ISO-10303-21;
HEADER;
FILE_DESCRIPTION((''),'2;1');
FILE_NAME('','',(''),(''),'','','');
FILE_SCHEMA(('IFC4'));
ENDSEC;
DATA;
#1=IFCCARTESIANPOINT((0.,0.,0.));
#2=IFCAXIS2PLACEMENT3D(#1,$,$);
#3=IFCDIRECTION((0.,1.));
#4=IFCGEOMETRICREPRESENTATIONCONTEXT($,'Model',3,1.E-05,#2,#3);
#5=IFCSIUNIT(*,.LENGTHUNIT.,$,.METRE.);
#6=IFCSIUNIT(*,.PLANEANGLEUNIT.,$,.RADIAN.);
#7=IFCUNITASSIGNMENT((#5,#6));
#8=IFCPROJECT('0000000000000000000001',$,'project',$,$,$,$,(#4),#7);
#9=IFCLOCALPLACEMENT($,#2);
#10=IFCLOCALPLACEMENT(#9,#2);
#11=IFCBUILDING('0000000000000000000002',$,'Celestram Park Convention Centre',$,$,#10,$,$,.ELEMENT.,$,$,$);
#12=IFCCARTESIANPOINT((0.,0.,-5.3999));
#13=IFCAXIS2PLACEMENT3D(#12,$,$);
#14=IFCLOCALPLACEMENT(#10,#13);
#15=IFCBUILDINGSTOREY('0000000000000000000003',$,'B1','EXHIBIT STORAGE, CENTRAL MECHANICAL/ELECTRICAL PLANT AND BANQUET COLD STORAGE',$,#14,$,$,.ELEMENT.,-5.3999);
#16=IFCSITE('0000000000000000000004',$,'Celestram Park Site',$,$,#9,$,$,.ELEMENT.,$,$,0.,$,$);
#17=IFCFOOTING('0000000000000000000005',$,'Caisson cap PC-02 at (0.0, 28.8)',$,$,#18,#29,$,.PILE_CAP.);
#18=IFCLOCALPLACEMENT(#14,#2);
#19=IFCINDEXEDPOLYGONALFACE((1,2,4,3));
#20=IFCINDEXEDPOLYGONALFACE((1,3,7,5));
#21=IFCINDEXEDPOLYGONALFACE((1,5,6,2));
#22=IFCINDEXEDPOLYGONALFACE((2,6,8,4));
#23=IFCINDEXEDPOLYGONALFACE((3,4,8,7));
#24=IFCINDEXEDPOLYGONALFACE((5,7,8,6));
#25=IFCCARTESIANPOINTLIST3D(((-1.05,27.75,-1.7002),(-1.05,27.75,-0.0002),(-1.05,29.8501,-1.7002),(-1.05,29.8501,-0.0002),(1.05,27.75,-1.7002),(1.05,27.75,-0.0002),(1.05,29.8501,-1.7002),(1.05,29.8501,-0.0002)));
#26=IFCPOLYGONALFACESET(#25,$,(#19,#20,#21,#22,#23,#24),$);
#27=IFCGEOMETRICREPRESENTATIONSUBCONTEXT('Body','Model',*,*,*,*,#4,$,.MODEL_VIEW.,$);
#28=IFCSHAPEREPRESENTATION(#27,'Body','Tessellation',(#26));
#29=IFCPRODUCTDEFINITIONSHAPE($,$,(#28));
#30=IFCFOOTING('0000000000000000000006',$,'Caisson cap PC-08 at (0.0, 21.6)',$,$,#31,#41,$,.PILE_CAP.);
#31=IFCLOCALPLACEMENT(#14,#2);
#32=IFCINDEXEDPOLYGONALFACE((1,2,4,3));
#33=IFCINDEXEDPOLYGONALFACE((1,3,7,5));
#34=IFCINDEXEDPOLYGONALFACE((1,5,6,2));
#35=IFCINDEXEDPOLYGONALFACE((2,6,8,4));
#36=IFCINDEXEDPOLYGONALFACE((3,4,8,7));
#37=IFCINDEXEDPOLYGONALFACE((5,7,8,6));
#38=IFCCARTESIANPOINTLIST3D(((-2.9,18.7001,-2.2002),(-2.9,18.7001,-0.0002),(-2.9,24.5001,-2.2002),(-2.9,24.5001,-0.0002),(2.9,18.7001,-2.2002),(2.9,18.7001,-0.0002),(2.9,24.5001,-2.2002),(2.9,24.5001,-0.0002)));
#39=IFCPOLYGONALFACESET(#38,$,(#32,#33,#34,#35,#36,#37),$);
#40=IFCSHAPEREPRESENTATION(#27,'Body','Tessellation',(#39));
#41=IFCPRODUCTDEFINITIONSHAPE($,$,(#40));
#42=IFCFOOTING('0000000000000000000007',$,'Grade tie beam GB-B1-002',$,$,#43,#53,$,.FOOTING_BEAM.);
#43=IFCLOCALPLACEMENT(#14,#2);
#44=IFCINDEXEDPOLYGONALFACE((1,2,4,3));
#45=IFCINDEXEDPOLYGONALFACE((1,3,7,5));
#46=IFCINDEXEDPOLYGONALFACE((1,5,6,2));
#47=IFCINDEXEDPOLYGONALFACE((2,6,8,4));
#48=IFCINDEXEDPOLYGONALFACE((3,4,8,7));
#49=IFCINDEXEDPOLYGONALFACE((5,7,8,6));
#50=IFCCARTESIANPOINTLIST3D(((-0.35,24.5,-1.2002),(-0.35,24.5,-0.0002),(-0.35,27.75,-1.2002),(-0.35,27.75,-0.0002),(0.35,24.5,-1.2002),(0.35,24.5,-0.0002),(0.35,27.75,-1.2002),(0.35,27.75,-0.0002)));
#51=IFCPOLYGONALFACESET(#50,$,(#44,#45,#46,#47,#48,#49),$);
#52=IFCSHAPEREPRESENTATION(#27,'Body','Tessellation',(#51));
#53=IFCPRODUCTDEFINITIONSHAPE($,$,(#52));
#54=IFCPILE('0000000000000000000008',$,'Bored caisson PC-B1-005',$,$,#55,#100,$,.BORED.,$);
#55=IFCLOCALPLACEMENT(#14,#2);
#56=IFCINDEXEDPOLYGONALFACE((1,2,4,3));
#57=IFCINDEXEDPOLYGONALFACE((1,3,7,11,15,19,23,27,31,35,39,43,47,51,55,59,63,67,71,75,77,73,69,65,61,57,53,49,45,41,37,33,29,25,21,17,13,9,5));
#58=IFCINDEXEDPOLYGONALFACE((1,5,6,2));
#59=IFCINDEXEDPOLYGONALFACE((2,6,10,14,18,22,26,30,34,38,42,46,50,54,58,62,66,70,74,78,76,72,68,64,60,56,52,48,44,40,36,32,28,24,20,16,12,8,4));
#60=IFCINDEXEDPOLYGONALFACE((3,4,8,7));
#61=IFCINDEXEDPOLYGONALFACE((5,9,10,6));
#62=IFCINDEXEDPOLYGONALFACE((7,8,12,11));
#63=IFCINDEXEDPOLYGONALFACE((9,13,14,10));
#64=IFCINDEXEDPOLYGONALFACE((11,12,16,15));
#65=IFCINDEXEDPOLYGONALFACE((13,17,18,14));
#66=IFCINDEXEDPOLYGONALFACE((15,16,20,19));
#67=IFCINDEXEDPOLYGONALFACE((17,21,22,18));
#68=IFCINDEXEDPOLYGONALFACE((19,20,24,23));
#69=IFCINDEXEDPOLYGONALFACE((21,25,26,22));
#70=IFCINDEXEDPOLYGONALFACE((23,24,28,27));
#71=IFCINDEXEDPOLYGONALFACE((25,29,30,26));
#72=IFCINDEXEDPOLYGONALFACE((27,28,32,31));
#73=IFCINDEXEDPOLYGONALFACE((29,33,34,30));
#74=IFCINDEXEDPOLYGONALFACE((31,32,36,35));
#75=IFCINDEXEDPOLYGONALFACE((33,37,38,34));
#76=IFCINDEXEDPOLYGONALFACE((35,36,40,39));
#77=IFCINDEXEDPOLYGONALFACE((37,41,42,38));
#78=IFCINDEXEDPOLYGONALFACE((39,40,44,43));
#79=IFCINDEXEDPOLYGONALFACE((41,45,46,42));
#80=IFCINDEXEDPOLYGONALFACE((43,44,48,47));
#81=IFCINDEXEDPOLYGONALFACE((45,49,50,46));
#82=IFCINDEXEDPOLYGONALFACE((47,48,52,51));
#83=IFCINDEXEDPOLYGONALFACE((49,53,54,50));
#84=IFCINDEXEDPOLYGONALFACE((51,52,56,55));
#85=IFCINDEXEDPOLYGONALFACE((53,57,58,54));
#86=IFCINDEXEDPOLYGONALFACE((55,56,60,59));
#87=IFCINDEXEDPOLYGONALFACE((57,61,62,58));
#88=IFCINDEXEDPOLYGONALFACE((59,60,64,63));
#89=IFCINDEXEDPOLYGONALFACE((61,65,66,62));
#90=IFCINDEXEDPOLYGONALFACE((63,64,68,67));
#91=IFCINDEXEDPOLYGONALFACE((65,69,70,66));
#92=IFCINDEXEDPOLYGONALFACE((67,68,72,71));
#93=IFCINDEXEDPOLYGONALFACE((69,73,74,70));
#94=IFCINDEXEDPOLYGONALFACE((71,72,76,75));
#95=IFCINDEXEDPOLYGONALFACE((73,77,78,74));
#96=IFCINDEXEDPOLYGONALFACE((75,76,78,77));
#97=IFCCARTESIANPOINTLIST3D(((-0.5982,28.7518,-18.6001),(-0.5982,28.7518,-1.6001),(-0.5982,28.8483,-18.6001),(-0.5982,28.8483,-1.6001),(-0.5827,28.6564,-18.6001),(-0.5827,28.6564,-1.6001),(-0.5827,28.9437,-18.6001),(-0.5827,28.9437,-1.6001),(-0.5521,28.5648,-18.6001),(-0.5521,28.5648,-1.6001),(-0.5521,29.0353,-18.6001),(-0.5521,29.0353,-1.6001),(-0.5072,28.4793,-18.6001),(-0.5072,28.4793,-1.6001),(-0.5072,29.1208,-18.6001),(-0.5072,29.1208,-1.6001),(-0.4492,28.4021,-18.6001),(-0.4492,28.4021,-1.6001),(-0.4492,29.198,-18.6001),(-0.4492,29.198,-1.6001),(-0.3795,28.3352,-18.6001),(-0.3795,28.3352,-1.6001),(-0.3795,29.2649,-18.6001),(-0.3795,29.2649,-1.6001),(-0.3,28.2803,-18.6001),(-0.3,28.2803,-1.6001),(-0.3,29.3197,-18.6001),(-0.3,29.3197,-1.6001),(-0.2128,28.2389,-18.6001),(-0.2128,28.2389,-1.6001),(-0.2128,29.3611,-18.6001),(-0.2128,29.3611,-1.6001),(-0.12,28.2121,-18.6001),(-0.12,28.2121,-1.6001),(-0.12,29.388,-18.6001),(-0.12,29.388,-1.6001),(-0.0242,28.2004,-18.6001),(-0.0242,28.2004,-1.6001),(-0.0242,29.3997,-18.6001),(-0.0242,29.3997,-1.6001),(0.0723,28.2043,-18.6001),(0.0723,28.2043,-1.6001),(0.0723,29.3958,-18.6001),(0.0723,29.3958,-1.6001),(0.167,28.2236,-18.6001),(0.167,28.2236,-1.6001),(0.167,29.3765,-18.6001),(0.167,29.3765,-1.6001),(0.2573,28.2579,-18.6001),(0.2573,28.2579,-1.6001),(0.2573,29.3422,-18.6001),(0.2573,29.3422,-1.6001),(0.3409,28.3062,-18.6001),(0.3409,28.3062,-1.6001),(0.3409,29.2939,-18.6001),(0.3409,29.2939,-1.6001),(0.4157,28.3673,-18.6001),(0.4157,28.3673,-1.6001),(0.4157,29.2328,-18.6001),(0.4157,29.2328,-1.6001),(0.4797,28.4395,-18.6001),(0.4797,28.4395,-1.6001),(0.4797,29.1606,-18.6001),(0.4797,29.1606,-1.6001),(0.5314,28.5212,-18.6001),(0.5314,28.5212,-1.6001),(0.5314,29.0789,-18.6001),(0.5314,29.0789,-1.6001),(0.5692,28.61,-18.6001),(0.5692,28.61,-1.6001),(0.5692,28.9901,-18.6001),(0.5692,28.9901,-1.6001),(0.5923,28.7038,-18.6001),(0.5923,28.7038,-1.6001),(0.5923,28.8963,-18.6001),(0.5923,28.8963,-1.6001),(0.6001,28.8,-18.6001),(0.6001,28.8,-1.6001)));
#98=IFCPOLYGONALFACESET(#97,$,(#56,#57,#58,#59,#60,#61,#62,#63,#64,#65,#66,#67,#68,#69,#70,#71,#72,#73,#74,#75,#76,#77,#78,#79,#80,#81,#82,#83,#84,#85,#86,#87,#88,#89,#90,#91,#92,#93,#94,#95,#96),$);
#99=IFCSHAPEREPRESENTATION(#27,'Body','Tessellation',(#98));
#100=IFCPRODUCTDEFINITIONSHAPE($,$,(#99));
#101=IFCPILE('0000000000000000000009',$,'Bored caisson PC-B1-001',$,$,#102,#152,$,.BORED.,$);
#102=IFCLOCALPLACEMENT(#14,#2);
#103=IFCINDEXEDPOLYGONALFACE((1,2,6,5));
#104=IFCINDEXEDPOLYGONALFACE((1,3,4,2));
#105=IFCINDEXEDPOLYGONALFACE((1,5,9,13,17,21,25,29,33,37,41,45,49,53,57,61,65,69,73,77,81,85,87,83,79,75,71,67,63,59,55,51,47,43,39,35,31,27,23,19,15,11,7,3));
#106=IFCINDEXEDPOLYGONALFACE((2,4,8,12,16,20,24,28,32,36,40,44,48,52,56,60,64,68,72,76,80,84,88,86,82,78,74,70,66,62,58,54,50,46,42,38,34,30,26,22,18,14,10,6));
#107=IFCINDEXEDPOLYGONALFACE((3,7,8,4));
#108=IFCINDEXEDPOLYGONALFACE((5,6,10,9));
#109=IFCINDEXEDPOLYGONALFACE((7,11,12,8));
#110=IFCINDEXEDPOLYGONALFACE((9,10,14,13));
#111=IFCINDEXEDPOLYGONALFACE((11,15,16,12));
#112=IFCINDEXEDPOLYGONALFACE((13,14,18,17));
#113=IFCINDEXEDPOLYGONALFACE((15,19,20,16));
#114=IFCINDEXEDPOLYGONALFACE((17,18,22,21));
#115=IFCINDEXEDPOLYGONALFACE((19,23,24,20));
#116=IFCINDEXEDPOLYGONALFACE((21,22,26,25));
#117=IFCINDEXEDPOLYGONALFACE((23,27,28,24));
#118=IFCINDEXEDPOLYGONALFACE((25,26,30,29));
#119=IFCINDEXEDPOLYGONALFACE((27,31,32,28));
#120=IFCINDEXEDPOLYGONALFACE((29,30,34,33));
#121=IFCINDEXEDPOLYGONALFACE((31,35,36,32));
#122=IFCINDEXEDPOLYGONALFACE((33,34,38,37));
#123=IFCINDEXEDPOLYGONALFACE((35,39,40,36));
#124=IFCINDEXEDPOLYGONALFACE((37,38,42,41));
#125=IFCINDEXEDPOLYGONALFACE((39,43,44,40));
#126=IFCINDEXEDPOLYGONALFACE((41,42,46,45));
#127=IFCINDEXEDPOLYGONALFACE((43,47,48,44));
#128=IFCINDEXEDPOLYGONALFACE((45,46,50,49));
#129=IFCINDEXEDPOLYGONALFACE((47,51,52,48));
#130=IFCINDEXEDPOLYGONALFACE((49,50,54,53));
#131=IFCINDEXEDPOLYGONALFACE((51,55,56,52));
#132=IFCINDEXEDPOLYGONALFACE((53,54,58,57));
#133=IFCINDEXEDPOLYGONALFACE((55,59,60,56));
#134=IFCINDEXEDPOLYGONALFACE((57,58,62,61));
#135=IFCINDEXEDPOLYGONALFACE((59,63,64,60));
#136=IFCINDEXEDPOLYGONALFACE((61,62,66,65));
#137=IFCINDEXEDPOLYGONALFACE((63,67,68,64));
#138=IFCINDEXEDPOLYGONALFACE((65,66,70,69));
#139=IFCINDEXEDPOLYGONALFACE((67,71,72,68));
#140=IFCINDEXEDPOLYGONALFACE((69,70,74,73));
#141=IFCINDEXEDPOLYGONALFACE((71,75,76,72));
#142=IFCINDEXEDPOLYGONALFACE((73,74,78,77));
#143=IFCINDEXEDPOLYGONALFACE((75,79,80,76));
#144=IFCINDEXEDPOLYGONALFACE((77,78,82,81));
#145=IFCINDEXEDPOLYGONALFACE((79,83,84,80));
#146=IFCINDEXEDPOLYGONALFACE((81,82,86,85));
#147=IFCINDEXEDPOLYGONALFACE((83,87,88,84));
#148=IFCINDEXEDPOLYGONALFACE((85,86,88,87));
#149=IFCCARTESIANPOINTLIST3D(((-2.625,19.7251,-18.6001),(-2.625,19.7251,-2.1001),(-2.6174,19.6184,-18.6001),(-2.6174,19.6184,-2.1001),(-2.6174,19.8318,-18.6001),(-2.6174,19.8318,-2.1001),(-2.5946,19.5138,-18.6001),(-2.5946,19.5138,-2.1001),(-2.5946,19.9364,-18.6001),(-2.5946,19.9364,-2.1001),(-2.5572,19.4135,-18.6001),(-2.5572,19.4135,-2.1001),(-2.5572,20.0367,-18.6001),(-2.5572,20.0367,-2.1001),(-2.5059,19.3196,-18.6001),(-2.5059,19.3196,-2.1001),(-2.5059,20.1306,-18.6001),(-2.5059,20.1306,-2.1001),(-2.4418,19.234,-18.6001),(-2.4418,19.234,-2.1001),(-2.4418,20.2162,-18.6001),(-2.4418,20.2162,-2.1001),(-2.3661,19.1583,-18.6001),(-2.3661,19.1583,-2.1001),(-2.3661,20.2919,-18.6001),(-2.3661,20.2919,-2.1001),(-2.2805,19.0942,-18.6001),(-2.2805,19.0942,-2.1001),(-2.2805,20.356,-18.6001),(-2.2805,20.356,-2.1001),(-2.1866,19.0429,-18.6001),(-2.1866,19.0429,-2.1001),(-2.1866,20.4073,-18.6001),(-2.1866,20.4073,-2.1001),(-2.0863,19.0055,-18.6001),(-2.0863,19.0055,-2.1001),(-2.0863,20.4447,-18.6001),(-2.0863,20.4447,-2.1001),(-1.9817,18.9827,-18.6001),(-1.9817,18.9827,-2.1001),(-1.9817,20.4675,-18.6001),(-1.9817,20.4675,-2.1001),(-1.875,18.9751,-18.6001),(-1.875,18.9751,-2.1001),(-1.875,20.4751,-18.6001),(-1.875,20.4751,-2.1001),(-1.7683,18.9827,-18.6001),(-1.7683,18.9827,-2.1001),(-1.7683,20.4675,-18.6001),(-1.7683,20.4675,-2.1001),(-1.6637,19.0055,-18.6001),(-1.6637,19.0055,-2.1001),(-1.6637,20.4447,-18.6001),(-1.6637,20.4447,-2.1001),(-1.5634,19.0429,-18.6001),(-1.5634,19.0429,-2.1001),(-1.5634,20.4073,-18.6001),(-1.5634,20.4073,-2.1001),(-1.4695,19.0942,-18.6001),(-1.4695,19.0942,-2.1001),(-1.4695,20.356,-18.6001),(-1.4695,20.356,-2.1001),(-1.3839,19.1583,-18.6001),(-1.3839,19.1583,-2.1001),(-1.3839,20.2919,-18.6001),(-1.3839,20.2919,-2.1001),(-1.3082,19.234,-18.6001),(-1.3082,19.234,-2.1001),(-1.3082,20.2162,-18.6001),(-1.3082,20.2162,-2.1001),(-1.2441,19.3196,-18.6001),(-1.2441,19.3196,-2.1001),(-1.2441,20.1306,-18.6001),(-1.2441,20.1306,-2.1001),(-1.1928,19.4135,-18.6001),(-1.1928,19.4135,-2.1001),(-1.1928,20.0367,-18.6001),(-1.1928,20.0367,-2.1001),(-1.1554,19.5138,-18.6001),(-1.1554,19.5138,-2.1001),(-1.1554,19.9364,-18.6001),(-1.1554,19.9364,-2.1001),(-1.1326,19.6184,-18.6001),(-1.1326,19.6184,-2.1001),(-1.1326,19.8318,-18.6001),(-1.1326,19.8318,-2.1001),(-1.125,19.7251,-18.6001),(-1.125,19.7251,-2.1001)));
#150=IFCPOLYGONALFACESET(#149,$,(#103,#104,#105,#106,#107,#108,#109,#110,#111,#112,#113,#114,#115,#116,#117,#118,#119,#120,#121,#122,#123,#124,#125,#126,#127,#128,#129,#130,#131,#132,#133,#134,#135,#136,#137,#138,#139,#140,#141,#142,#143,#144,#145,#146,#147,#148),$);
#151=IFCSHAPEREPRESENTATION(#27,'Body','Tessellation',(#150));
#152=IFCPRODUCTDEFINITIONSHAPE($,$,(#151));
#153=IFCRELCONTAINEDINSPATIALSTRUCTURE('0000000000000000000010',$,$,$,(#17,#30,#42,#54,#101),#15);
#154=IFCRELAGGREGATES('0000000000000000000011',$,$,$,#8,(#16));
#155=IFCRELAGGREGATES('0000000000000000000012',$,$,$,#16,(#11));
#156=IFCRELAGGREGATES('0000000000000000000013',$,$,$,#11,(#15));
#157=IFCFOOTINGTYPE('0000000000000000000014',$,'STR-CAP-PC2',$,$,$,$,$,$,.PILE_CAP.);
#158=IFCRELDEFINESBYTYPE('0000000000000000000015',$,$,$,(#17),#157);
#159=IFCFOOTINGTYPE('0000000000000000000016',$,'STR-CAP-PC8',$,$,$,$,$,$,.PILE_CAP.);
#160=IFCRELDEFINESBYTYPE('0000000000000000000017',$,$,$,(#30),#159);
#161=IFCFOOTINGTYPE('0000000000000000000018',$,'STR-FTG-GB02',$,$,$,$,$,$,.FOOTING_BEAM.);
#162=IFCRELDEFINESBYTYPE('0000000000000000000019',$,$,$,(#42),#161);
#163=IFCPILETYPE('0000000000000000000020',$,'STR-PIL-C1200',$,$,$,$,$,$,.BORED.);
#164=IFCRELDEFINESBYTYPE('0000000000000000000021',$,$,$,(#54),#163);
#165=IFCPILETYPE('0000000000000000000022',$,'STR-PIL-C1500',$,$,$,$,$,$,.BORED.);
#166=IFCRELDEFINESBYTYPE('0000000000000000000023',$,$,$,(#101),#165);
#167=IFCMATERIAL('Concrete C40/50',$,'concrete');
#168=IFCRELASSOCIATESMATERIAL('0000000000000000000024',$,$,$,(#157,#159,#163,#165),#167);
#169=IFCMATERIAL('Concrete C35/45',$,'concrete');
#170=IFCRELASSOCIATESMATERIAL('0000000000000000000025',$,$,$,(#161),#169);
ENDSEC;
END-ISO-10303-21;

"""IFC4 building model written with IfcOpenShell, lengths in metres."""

from ifc_helpers import new_model, si_unit, direction, frame, origin, origin_2d, place, context, subcontext, project, spatial, rectangle, circle, extrude, material, material_profile, profile_set, type_object, element, save


model = new_model("IFC4")

# Units and contexts
model_context = context("Model", 3, precision=1e-05, world=origin(), true_north=direction((0.0, 1.0)))
body_context = subcontext(model_context, "Body", "Model", "MODEL_VIEW")
ifc_project = project(units=[si_unit("LENGTHUNIT", "METRE"), si_unit("PLANEANGLEUNIT", "RADIAN")], contexts=[model_context])

# Site, building, storey
site_placement = place(None, origin())
site = spatial("IfcSite", under=ifc_project, at=site_placement, Name="Celestram Park Site", CompositionType="ELEMENT", RefElevation=0.0)
building_placement = place(site_placement, origin())
building = spatial("IfcBuilding", under=site, at=building_placement, Name="Celestram Park Convention Centre", CompositionType="ELEMENT")
storey_placement = place(building_placement, frame((0.0, 0.0, -5.3999)))
storey = spatial("IfcBuildingStorey", under=building, at=storey_placement, Name="B1", Description="EXHIBIT STORAGE, CENTRAL MECHANICAL/ELECTRICAL PLANT AND BANQUET COLD STORAGE", CompositionType="ELEMENT", Elevation=-5.3999)

# Footings
ifc_material_1 = material(Name="Concrete C40/50", Category="concrete")
footing_type_1 = type_object("IfcFootingType", Name="STR-CAP-PC2", PredefinedType="PILE_CAP", material=ifc_material_1)
footing_1_placement = place(storey_placement, frame((0.0, 28.8, -1.7002), z_axis=(0.0, 0.0, 1.0), x_axis=(1.0, 0.0, 0.0)))
element("IfcFooting", 1, at=footing_1_placement, inside=storey, type_object=footing_type_1, Name="Caisson cap PC-02 at (0.0, 28.8)", PredefinedType="PILE_CAP", context=body_context, shape_type="SweptSolid", body=[
    extrude(rectangle(XDim=2.1001, YDim=2.1001, at=origin_2d()), origin(), (0.0, 0.0, 1.0), 1.7),
])
footing_type_2 = type_object("IfcFootingType", Name="STR-CAP-PC8", PredefinedType="PILE_CAP", material=ifc_material_1)
footing_2_placement = place(storey_placement, frame((0.0, 21.6001, -2.2002), z_axis=(0.0, 0.0, 1.0), x_axis=(1.0, 0.0, 0.0)))
element("IfcFooting", 2, at=footing_2_placement, inside=storey, type_object=footing_type_2, Name="Caisson cap PC-08 at (0.0, 21.6)", PredefinedType="PILE_CAP", context=body_context, shape_type="SweptSolid", body=[
    extrude(rectangle(XDim=5.8, YDim=5.8, at=origin_2d()), origin(), (0.0, 0.0, 1.0), 2.2),
])
ifc_material_2 = material(Name="Concrete C35/45", Category="concrete")
footing_type_3 = type_object("IfcFootingType", Name="STR-FTG-GB02", PredefinedType="FOOTING_BEAM", material=ifc_material_2)
footing_3_placement = place(storey_placement, frame((0.0, 26.125, -1.2002), z_axis=(0.0, 0.0, 1.0), x_axis=(0.0, 1.0, 0.0)))
element("IfcFooting", 3, at=footing_3_placement, inside=storey, type_object=footing_type_3, Name="Grade tie beam GB-B1-002", PredefinedType="FOOTING_BEAM", context=body_context, shape_type="SweptSolid", body=[
    extrude(rectangle(XDim=3.25, YDim=0.7, at=origin_2d()), origin(), (0.0, 0.0, 1.0), 1.2),
])

# Piles
ifc_material_profile_1 = material_profile(ifc_material_1, circle(Radius=0.6001, at=origin_2d()), Name="CAISSON1200")
ifc_profile_set_1 = profile_set([ifc_material_profile_1], Name="Concrete C40/50")
pile_type_1 = type_object("IfcPileType", Name="STR-PIL-C1200", PredefinedType="BORED", material=ifc_profile_set_1)
pile_placement = place(storey_placement, frame((0.0, 28.8, -1.6001), z_axis=(0.0, 0.0, -1.0), x_axis=(1.0, 0.0, 0.0)))
element("IfcPile", 4, at=pile_placement, inside=storey, type_object=pile_type_1, Name="Bored caisson PC-B1-005", PredefinedType="BORED", context=body_context, shape_type="SweptSolid", body=[
    extrude(circle(Radius=0.6001, at=origin_2d()), origin(), (0.0, 0.0, 1.0), 17.0),
])
ifc_material_profile_2 = material_profile(ifc_material_1, circle(Radius=0.75, at=origin_2d()), Name="CAISSON1500")
ifc_profile_set_2 = profile_set([ifc_material_profile_2], Name="Concrete C40/50")
pile_type_2 = type_object("IfcPileType", Name="STR-PIL-C1500", PredefinedType="BORED", material=ifc_profile_set_2)
for number, where, z_axis, x_axis, name in (
    (5, (-1.875, 19.7251, -2.1001), (0.0, 0.0, -1.0), (1.0, 0.0, 0.0), "Bored caisson PC-B1-001"),
):
    element("IfcPile", number, at=place(storey_placement, frame(where, z_axis=z_axis, x_axis=x_axis)), inside=storey, type_object=pile_type_2, Name=name, PredefinedType="BORED", context=body_context, shape_type="SweptSolid", body=[
        extrude(circle(Radius=0.75, at=origin_2d()), origin(), (0.0, 0.0, 1.0), 16.5),
    ])

save(model, "model.ifc")
